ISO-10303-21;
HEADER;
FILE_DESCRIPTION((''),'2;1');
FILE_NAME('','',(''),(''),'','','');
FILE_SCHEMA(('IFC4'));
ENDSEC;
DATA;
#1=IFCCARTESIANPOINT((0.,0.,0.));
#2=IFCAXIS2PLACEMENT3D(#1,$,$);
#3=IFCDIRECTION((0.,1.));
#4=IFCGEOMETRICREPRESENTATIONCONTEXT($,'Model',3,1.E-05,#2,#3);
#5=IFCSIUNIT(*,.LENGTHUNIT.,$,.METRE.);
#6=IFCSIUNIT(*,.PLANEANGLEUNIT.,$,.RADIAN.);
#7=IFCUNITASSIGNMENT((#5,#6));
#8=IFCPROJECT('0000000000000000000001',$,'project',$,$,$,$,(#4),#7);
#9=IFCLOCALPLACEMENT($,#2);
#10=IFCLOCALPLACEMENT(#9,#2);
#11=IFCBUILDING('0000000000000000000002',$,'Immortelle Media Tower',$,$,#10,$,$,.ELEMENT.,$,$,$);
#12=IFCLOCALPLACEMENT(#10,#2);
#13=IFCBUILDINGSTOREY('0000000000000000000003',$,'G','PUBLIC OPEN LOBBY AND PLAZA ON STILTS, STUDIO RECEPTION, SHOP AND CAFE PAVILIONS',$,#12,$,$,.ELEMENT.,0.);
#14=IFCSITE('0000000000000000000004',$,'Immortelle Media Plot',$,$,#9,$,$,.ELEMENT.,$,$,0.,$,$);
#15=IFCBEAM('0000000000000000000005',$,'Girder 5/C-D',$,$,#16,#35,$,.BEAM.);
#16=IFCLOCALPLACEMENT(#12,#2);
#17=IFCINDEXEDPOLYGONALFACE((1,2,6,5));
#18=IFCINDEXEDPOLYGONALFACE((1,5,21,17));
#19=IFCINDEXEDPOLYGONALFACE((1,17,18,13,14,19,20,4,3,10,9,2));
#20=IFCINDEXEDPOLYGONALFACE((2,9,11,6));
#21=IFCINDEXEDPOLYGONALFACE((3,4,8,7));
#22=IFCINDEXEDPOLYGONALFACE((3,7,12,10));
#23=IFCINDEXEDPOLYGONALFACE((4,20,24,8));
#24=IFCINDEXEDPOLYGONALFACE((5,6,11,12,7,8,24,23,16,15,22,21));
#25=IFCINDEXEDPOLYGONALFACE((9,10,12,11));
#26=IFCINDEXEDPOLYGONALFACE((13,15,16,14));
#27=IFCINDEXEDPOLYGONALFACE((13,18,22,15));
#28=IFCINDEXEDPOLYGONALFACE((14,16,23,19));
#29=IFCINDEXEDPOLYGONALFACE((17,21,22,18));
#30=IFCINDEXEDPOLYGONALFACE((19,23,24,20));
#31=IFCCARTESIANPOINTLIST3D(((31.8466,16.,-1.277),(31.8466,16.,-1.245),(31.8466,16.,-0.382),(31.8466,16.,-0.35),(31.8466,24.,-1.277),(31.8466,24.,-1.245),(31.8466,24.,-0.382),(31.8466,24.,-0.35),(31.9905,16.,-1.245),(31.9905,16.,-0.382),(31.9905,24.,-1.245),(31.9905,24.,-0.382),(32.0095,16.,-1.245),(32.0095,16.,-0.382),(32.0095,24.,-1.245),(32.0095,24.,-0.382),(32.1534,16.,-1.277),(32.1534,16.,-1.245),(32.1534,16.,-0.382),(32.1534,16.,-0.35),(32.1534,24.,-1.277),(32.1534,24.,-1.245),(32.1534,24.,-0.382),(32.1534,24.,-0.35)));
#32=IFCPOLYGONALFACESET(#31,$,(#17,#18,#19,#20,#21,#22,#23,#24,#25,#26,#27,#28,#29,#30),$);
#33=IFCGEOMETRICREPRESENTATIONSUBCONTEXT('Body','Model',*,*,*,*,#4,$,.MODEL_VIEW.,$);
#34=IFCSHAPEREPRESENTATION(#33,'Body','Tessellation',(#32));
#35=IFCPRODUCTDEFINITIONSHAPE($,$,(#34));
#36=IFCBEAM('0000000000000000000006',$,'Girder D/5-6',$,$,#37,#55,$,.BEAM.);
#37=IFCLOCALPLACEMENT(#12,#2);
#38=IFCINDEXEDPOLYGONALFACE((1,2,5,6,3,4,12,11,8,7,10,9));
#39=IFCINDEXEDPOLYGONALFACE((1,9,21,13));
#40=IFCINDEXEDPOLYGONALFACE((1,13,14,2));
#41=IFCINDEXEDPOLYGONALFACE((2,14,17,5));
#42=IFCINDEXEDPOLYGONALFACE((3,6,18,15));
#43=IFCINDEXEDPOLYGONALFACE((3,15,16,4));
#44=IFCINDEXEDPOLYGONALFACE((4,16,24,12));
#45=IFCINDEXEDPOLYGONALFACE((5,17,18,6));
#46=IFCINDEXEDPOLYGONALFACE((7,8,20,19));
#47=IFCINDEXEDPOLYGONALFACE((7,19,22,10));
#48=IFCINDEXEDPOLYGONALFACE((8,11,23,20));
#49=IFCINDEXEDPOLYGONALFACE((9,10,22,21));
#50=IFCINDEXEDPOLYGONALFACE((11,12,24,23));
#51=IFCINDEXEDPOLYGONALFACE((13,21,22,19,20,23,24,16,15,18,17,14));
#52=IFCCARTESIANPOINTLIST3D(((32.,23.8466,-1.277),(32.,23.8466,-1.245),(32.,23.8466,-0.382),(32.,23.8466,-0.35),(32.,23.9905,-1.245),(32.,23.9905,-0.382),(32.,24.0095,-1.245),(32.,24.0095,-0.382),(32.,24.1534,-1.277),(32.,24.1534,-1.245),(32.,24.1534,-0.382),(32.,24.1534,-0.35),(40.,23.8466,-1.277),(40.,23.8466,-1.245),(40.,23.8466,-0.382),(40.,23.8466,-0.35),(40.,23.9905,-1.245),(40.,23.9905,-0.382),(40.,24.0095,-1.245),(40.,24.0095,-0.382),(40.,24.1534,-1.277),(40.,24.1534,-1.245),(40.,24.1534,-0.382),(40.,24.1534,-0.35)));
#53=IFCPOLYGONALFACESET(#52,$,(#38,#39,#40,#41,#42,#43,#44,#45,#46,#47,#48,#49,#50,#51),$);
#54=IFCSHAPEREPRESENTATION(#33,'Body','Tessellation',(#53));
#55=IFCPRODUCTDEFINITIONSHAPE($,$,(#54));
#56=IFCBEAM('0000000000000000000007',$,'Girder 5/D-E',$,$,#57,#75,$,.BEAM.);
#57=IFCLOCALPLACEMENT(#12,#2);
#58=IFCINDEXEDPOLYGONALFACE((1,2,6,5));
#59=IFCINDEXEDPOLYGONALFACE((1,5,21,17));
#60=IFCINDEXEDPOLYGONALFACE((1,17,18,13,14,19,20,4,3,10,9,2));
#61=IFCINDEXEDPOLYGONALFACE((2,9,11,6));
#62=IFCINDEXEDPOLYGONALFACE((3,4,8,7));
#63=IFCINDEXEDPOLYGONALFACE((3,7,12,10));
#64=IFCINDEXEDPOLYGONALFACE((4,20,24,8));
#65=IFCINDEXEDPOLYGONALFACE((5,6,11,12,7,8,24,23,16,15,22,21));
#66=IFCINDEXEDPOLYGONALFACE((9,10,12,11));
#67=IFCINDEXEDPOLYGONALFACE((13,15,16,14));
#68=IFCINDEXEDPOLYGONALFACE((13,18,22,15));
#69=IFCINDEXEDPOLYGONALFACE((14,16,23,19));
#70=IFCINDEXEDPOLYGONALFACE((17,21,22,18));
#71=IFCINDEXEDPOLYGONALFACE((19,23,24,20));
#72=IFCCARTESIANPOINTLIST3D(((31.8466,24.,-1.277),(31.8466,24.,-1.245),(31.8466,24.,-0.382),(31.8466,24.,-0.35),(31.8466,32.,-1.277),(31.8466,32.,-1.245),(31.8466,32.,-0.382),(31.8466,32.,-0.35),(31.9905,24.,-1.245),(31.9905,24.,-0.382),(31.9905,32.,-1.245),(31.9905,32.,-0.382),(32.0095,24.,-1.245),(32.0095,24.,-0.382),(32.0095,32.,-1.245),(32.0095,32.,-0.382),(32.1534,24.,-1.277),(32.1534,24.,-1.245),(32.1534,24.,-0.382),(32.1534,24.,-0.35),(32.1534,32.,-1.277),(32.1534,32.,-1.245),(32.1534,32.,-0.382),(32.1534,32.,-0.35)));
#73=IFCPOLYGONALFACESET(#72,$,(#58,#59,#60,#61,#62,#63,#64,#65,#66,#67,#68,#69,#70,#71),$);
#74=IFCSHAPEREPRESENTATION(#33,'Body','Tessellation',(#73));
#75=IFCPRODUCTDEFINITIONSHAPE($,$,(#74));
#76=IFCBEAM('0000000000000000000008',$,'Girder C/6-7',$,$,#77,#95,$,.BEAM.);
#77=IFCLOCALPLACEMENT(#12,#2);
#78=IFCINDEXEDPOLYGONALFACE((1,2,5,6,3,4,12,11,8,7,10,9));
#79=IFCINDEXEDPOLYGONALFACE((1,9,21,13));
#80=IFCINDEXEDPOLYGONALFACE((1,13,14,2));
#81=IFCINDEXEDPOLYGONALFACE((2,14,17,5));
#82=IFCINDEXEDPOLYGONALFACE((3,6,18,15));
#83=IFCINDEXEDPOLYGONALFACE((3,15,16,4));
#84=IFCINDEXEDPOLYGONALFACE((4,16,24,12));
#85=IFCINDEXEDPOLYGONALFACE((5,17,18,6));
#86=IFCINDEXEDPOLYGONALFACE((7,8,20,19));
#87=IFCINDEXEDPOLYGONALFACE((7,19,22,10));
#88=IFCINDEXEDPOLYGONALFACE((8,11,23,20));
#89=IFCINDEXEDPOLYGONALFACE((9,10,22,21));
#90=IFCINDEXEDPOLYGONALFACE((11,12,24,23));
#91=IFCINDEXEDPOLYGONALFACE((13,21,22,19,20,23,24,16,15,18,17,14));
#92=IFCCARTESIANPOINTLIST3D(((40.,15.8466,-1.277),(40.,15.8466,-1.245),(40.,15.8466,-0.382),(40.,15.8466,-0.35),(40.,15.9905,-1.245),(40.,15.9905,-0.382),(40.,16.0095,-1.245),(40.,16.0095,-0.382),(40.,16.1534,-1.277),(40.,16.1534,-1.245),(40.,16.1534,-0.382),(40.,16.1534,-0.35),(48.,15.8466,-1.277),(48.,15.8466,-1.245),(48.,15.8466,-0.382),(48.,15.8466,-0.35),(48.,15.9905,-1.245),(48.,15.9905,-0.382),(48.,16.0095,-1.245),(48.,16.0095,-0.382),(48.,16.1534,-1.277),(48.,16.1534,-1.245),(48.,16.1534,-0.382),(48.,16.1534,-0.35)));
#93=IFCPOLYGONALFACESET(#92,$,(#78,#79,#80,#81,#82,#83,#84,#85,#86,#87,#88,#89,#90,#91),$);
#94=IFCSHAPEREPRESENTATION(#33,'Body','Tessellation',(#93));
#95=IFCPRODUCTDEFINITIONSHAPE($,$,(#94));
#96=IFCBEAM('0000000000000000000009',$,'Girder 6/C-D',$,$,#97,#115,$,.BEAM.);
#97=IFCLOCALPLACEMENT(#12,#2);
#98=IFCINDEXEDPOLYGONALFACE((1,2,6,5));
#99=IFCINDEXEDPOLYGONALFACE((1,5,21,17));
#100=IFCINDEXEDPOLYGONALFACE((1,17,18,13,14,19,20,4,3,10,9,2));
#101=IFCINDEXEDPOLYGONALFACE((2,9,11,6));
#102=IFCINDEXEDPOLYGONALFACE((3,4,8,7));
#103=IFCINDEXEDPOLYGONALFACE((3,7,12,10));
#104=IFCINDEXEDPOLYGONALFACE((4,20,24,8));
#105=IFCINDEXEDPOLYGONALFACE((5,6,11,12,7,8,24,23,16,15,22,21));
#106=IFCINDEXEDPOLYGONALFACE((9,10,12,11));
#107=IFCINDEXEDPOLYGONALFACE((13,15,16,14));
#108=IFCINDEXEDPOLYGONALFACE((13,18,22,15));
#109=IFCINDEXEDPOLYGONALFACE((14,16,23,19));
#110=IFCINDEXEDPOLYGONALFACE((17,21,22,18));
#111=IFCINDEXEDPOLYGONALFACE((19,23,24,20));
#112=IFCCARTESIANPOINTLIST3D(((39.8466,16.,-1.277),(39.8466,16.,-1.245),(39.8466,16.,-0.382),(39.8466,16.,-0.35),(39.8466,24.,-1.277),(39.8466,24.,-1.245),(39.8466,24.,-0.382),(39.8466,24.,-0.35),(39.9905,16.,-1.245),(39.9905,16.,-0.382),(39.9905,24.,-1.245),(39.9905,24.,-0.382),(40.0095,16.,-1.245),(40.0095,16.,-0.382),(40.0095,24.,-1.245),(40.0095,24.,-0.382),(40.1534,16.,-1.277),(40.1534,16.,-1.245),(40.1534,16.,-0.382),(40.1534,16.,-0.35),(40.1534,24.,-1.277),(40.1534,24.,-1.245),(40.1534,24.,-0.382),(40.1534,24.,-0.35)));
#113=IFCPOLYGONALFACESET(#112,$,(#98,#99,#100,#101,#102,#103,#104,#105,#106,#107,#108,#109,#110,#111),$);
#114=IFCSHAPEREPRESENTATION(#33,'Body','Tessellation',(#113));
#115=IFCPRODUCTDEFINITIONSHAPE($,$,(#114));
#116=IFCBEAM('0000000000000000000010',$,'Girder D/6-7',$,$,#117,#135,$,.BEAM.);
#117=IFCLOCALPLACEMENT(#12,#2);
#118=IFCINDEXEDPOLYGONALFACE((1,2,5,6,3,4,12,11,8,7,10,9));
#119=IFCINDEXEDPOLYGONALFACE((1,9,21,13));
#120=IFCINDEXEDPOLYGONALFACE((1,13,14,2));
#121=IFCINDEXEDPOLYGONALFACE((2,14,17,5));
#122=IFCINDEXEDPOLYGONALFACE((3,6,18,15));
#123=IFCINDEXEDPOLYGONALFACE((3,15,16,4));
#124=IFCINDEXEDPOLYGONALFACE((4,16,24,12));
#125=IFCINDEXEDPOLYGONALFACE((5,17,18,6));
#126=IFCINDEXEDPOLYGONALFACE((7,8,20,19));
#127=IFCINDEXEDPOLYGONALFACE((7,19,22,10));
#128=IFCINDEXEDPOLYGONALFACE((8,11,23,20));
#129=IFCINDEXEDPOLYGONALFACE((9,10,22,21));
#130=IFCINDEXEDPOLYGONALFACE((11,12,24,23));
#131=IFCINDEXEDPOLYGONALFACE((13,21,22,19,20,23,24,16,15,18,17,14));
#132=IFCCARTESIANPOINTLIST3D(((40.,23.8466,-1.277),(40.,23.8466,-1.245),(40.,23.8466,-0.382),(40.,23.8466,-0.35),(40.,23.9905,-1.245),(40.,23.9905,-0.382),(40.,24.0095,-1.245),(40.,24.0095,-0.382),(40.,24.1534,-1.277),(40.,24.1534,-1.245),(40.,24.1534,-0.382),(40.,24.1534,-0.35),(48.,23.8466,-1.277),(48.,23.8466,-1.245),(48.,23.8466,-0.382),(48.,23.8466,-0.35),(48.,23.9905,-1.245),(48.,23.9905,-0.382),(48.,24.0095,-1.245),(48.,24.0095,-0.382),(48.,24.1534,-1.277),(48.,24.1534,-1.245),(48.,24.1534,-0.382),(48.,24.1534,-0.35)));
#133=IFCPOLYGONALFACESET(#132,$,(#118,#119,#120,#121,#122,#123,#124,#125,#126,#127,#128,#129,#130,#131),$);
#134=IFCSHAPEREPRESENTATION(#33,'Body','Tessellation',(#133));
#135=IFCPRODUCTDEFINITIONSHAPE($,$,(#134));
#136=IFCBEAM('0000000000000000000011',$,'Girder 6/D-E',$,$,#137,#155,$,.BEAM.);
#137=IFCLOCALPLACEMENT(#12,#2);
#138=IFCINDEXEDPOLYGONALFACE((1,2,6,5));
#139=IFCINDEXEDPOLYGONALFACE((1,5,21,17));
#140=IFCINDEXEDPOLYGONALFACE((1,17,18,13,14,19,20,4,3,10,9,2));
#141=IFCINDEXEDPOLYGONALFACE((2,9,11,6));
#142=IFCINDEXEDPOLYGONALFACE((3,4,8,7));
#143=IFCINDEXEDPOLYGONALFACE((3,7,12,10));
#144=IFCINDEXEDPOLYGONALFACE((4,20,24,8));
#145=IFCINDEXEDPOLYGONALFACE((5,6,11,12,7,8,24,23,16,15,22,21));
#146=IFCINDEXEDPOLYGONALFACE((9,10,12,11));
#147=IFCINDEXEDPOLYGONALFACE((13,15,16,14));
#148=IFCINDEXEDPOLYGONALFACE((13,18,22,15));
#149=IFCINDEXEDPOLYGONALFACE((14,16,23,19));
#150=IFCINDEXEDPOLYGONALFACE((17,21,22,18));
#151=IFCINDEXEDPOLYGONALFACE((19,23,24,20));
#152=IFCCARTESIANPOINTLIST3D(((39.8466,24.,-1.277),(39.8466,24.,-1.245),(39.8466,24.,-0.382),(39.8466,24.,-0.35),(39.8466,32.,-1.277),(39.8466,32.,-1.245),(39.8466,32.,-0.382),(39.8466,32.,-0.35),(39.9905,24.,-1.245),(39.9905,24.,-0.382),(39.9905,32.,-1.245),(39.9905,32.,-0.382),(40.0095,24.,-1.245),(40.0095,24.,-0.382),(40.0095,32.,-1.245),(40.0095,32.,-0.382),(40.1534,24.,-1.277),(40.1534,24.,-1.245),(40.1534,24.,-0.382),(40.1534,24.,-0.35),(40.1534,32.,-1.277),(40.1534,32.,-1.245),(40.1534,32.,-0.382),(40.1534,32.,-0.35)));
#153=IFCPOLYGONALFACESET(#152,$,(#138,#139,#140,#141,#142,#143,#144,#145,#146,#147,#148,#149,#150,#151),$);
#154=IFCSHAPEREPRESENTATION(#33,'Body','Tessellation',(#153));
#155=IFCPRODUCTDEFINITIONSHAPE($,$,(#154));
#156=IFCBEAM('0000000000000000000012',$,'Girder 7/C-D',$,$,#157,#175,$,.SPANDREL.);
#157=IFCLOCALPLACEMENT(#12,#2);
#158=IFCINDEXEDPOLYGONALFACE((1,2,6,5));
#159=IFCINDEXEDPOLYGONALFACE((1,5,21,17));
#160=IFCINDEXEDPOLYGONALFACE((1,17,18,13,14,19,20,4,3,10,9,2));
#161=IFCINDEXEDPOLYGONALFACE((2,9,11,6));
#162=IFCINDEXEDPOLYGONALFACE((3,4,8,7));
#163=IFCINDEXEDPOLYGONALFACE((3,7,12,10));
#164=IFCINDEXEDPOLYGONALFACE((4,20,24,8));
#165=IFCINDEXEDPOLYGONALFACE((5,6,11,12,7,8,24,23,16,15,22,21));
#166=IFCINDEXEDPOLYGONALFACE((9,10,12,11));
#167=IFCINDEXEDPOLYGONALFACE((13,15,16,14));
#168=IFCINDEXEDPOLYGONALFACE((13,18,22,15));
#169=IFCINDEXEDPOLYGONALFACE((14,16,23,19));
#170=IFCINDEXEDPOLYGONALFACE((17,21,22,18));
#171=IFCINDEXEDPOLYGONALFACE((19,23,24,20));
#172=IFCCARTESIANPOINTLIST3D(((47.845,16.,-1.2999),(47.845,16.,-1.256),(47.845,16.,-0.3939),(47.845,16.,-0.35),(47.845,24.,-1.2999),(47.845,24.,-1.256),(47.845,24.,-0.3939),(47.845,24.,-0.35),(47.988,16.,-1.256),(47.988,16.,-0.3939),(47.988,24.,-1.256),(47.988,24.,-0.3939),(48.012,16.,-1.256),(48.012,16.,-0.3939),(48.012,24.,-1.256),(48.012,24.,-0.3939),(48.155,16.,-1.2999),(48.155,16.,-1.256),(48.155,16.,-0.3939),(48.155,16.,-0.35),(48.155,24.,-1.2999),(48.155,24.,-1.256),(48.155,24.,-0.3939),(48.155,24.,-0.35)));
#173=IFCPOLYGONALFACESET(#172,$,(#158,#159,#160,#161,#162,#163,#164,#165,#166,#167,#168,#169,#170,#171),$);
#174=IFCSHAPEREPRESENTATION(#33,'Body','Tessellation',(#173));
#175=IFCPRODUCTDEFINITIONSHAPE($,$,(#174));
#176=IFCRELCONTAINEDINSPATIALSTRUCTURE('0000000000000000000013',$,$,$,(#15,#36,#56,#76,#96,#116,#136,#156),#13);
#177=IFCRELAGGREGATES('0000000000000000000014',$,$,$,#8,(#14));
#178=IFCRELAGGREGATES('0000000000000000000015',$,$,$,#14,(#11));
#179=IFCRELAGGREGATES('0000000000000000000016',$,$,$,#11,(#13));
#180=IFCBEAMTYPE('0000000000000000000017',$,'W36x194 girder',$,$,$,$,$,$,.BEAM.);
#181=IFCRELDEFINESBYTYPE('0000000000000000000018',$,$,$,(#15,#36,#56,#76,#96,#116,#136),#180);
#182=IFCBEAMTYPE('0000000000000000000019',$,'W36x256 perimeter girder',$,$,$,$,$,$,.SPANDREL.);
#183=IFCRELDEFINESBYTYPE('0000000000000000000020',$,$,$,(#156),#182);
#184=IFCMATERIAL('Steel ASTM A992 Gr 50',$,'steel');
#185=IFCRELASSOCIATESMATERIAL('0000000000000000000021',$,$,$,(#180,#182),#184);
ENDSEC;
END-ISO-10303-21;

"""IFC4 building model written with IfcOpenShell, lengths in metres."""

from ifc_helpers import new_model, si_unit, direction, frame, origin, origin_2d, place, context, subcontext, project, spatial, i_section, extrude, material, material_profile, profile_set, type_object, element, save


model = new_model("IFC4")

# Units and contexts
model_context = context("Model", 3, precision=1e-05, world=origin(), true_north=direction((0.0, 1.0)))
body_context = subcontext(model_context, "Body", "Model", "MODEL_VIEW")
ifc_project = project(units=[si_unit("LENGTHUNIT", "METRE"), si_unit("PLANEANGLEUNIT", "RADIAN")], contexts=[model_context])

# Site, building, storey
site_placement = place(None, origin())
site = spatial("IfcSite", under=ifc_project, at=site_placement, Name="Immortelle Media Plot", CompositionType="ELEMENT", RefElevation=0.0)
building_placement = place(site_placement, origin())
building = spatial("IfcBuilding", under=site, at=building_placement, Name="Immortelle Media Tower", CompositionType="ELEMENT")
storey_placement = place(building_placement, origin())
storey = spatial("IfcBuildingStorey", under=building, at=storey_placement, Name="G", Description="PUBLIC OPEN LOBBY AND PLAZA ON STILTS, STUDIO RECEPTION, SHOP AND CAFE PAVILIONS", CompositionType="ELEMENT", Elevation=0.0)

# Beams
ifc_material_1 = material(Name="Steel ASTM A992 Gr 50", Category="steel")
ifc_material_profile_1 = material_profile(ifc_material_1, i_section(OverallWidth=0.3069, OverallDepth=0.927, WebThickness=0.019, FlangeThickness=0.032, at=origin_2d()), Name="W36x194")
ifc_profile_set_1 = profile_set([ifc_material_profile_1], Name="Steel ASTM A992 Gr 50")
beam_type_1 = type_object("IfcBeamType", Name="W36x194 girder", PredefinedType="BEAM", material=ifc_profile_set_1)
for number, where, z_axis, x_axis, name in (
    (1, (32.0, 16.0, -0.8135), (0.0, 1.0, 0.0), (-1.0, 0.0, 0.0), "Girder 5/C-D"),
    (2, (32.0, 24.0, -0.8135), (1.0, 0.0, 0.0), (0.0, 1.0, 0.0), "Girder D/5-6"),
    (3, (32.0, 24.0, -0.8135), (0.0, 1.0, 0.0), (-1.0, 0.0, 0.0), "Girder 5/D-E"),
    (4, (40.0, 16.0, -0.8135), (1.0, 0.0, 0.0), (0.0, 1.0, 0.0), "Girder C/6-7"),
    (5, (40.0, 16.0, -0.8135), (0.0, 1.0, 0.0), (-1.0, 0.0, 0.0), "Girder 6/C-D"),
    (6, (40.0, 24.0, -0.8135), (1.0, 0.0, 0.0), (0.0, 1.0, 0.0), "Girder D/6-7"),
    (7, (40.0, 24.0, -0.8135), (0.0, 1.0, 0.0), (-1.0, 0.0, 0.0), "Girder 6/D-E"),
):
    element("IfcBeam", number, at=place(storey_placement, frame(where, z_axis=z_axis, x_axis=x_axis)), inside=storey, type_object=beam_type_1, Name=name, PredefinedType="BEAM", context=body_context, shape_type="SweptSolid", body=[
        extrude(i_section(OverallWidth=0.3069, OverallDepth=0.927, WebThickness=0.019, FlangeThickness=0.032, at=origin_2d()), origin(), (0.0, 0.0, 1.0), 8.0),
    ])
ifc_material_profile_2 = material_profile(ifc_material_1, i_section(OverallWidth=0.3101, OverallDepth=0.95, WebThickness=0.0239, FlangeThickness=0.0439, at=origin_2d()), Name="W36x256")
ifc_profile_set_2 = profile_set([ifc_material_profile_2], Name="Steel ASTM A992 Gr 50")
beam_type_2 = type_object("IfcBeamType", Name="W36x256 perimeter girder", PredefinedType="SPANDREL", material=ifc_profile_set_2)
beam_1_placement = place(storey_placement, frame((48.0, 16.0, -0.825), z_axis=(0.0, 1.0, 0.0), x_axis=(-1.0, 0.0, 0.0)))
element("IfcBeam", 8, at=beam_1_placement, inside=storey, type_object=beam_type_2, Name="Girder 7/C-D", PredefinedType="SPANDREL", context=body_context, shape_type="SweptSolid", body=[
    extrude(i_section(OverallWidth=0.3101, OverallDepth=0.95, WebThickness=0.0239, FlangeThickness=0.0439, at=origin_2d()), origin(), (0.0, 0.0, 1.0), 8.0),
])

save(model, "model.ifc")
